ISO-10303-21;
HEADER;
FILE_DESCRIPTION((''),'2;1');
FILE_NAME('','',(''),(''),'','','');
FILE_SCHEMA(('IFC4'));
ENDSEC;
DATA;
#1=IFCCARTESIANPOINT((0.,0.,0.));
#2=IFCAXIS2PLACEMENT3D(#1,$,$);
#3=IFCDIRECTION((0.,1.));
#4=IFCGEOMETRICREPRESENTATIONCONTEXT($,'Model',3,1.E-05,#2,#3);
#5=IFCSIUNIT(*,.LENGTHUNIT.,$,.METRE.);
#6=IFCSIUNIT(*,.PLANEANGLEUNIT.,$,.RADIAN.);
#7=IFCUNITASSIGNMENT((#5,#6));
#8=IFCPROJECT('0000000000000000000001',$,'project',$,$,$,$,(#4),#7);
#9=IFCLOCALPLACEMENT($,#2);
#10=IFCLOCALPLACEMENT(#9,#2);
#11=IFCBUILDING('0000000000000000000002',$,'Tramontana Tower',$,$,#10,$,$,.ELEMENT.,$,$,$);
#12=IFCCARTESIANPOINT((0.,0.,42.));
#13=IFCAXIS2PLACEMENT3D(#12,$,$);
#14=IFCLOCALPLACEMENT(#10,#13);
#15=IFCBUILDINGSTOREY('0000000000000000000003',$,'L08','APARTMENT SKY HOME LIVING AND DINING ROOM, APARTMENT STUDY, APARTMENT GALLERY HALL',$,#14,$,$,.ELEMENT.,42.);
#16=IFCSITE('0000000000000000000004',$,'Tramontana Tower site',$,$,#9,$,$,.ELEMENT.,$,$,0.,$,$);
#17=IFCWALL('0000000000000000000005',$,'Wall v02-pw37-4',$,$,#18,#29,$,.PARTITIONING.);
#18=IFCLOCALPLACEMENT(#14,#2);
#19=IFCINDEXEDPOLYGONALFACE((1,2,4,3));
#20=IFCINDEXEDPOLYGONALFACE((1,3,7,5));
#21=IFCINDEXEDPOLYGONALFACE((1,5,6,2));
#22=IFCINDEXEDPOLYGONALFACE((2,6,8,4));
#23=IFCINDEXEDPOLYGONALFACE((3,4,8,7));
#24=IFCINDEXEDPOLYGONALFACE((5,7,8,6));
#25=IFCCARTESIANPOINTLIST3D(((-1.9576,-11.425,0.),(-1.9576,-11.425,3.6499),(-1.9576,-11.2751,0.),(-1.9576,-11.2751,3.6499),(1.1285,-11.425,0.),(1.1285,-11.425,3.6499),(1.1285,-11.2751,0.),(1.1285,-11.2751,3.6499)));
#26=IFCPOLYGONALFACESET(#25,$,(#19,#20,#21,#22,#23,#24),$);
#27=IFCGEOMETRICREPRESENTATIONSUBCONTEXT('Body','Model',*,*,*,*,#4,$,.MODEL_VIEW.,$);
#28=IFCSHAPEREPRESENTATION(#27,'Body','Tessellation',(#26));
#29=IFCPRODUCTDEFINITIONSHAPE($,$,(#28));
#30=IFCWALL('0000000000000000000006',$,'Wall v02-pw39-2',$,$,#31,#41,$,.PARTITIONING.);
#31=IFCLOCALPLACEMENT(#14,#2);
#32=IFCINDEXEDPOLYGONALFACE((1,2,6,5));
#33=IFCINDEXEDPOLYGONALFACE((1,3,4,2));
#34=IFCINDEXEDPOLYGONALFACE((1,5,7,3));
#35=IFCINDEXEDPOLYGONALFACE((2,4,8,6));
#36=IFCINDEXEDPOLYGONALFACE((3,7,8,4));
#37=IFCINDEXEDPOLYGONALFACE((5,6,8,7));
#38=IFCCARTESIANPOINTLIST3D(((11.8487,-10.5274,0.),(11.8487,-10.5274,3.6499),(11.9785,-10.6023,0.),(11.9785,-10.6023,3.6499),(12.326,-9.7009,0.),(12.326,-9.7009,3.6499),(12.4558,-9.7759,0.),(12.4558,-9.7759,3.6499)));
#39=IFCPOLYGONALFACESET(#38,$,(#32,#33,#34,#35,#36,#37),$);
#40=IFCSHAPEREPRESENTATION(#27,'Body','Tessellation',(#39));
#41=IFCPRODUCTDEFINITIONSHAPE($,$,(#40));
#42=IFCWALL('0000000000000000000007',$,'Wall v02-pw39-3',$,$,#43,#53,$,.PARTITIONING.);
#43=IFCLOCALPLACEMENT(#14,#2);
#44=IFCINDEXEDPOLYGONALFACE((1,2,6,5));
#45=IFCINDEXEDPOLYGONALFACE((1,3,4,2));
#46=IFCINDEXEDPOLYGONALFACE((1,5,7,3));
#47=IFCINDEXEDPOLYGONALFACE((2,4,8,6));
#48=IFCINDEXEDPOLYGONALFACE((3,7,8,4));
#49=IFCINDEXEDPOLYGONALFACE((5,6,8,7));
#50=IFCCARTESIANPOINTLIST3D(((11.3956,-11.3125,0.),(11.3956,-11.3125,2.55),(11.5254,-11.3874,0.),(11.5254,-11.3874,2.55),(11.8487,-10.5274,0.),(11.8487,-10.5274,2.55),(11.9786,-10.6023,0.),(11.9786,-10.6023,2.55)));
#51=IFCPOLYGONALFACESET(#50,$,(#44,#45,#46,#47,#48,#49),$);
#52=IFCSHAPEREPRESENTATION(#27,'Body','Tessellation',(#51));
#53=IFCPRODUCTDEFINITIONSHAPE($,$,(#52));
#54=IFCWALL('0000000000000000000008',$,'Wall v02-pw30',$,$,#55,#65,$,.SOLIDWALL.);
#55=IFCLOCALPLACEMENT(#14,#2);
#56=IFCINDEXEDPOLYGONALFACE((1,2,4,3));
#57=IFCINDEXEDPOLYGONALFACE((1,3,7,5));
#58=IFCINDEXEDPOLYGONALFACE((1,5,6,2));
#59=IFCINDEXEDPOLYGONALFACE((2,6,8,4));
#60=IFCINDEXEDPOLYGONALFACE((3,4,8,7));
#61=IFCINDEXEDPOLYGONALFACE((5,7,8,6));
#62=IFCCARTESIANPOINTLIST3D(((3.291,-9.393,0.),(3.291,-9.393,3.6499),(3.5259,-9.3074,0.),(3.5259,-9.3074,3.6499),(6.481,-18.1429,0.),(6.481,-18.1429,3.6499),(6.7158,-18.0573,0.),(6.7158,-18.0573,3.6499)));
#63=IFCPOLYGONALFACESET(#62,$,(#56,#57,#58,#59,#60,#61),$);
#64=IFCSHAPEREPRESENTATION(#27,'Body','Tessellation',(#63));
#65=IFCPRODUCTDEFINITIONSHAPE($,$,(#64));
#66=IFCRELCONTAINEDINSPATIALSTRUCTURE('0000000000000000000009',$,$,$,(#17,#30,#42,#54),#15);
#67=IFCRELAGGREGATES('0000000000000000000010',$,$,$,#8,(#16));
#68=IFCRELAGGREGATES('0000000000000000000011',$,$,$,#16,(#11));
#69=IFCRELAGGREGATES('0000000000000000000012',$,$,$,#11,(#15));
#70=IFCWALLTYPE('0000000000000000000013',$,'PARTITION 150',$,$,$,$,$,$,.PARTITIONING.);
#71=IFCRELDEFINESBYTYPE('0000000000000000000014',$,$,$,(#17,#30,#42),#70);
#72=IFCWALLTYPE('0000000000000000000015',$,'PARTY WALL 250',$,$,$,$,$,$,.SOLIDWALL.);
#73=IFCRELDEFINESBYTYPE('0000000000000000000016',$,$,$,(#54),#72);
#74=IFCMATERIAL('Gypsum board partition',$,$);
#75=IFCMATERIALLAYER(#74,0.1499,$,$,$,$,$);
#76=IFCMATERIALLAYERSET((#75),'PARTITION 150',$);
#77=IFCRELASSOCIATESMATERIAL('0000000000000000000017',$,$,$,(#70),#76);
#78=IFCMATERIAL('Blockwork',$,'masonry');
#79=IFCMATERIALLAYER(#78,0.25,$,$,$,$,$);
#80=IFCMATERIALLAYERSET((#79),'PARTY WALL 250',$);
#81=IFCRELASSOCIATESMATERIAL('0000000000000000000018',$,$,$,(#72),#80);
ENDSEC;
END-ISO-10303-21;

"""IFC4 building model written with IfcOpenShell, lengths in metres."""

from ifc_helpers import new_model, si_unit, direction, frame, frame_2d, origin, place, context, subcontext, project, spatial, rectangle, extrude, material, layer, layer_set, type_object, element, save


model = new_model("IFC4")

# Units and contexts
model_context = context("Model", 3, precision=1e-05, world=origin(), true_north=direction((0.0, 1.0)))
body_context = subcontext(model_context, "Body", "Model", "MODEL_VIEW")
ifc_project = project(units=[si_unit("LENGTHUNIT", "METRE"), si_unit("PLANEANGLEUNIT", "RADIAN")], contexts=[model_context])

# Site, building, storey
site_placement = place(None, origin())
site = spatial("IfcSite", under=ifc_project, at=site_placement, Name="Tramontana Tower site", CompositionType="ELEMENT", RefElevation=0.0)
building_placement = place(site_placement, origin())
building = spatial("IfcBuilding", under=site, at=building_placement, Name="Tramontana Tower", CompositionType="ELEMENT")
storey_placement = place(building_placement, frame((0.0, 0.0, 42.0)))
storey = spatial("IfcBuildingStorey", under=building, at=storey_placement, Name="L08", Description="APARTMENT SKY HOME LIVING AND DINING ROOM, APARTMENT STUDY, APARTMENT GALLERY HALL", CompositionType="ELEMENT", Elevation=42.0)

# Shared definitions
ifc_material_1 = material(Name="Gypsum board partition")
ifc_layer_1 = layer(ifc_material_1, 0.1499)
ifc_layer_set_1 = layer_set([ifc_layer_1], Name="PARTITION 150")
wall_type_1 = type_object("IfcWallType", Name="PARTITION 150", PredefinedType="PARTITIONING", material=ifc_layer_set_1)

# Walls
wall_1_placement = place(storey_placement, frame((1.1284, -11.3501, 0.0), z_axis=(0.0, 0.0, 1.0), x_axis=(-1.0, 0.0, 0.0)))
element("IfcWall", 1, at=wall_1_placement, inside=storey, type_object=wall_type_1, Name="Wall v02-pw37-4", PredefinedType="PARTITIONING", context=body_context, shape_type="SweptSolid", body=[
    extrude(rectangle(XDim=3.0862, YDim=0.1499, at=frame_2d((1.543, 0.0))), origin(), (0.0, 0.0, 1.0), 3.6499),
])
wall_2_placement = place(storey_placement, frame((12.3909, -9.7385, 0.0), z_axis=(0.0, 0.0, 1.0), x_axis=(-0.500128, -0.865951, 0.0)))
element("IfcWall", 2, at=wall_2_placement, inside=storey, type_object=wall_type_1, Name="Wall v02-pw39-2", PredefinedType="PARTITIONING", context=body_context, shape_type="SweptSolid", body=[
    extrude(rectangle(XDim=0.9543, YDim=0.1499, at=frame_2d((0.4771, 0.0))), origin(), (0.0, 0.0, 1.0), 3.6499),
])
wall_3_placement = place(storey_placement, frame((11.9136, -10.5649, 0.0), z_axis=(0.0, 0.0, 1.0), x_axis=(-0.499847, -0.866114, 0.0)))
element("IfcWall", 3, at=wall_3_placement, inside=storey, type_object=wall_type_1, Name="Wall v02-pw39-3", PredefinedType="PARTITIONING", context=body_context, shape_type="SweptSolid", body=[
    extrude(rectangle(XDim=0.9065, YDim=0.1499, at=frame_2d((0.4531, 0.0))), origin(), (0.0, 0.0, 1.0), 2.55),
])
ifc_material_2 = material(Name="Blockwork", Category="masonry")
ifc_layer_2 = layer(ifc_material_2, 0.25)
ifc_layer_set_2 = layer_set([ifc_layer_2], Name="PARTY WALL 250")
wall_type_2 = type_object("IfcWallType", Name="PARTY WALL 250", PredefinedType="SOLIDWALL", material=ifc_layer_set_2)
wall_4_placement = place(storey_placement, frame((3.4084, -9.3501, 0.0), z_axis=(0.0, 0.0, 1.0), x_axis=(0.342513, -0.939513, 0.0)))
element("IfcWall", 4, at=wall_4_placement, inside=storey, type_object=wall_type_2, Name="Wall v02-pw30", PredefinedType="SOLIDWALL", context=body_context, shape_type="SweptSolid", body=[
    extrude(rectangle(XDim=9.3132, YDim=0.25, at=frame_2d((4.6567, 0.0))), origin(), (0.0, 0.0, 1.0), 3.6499),
])

save(model, "model.ifc")
